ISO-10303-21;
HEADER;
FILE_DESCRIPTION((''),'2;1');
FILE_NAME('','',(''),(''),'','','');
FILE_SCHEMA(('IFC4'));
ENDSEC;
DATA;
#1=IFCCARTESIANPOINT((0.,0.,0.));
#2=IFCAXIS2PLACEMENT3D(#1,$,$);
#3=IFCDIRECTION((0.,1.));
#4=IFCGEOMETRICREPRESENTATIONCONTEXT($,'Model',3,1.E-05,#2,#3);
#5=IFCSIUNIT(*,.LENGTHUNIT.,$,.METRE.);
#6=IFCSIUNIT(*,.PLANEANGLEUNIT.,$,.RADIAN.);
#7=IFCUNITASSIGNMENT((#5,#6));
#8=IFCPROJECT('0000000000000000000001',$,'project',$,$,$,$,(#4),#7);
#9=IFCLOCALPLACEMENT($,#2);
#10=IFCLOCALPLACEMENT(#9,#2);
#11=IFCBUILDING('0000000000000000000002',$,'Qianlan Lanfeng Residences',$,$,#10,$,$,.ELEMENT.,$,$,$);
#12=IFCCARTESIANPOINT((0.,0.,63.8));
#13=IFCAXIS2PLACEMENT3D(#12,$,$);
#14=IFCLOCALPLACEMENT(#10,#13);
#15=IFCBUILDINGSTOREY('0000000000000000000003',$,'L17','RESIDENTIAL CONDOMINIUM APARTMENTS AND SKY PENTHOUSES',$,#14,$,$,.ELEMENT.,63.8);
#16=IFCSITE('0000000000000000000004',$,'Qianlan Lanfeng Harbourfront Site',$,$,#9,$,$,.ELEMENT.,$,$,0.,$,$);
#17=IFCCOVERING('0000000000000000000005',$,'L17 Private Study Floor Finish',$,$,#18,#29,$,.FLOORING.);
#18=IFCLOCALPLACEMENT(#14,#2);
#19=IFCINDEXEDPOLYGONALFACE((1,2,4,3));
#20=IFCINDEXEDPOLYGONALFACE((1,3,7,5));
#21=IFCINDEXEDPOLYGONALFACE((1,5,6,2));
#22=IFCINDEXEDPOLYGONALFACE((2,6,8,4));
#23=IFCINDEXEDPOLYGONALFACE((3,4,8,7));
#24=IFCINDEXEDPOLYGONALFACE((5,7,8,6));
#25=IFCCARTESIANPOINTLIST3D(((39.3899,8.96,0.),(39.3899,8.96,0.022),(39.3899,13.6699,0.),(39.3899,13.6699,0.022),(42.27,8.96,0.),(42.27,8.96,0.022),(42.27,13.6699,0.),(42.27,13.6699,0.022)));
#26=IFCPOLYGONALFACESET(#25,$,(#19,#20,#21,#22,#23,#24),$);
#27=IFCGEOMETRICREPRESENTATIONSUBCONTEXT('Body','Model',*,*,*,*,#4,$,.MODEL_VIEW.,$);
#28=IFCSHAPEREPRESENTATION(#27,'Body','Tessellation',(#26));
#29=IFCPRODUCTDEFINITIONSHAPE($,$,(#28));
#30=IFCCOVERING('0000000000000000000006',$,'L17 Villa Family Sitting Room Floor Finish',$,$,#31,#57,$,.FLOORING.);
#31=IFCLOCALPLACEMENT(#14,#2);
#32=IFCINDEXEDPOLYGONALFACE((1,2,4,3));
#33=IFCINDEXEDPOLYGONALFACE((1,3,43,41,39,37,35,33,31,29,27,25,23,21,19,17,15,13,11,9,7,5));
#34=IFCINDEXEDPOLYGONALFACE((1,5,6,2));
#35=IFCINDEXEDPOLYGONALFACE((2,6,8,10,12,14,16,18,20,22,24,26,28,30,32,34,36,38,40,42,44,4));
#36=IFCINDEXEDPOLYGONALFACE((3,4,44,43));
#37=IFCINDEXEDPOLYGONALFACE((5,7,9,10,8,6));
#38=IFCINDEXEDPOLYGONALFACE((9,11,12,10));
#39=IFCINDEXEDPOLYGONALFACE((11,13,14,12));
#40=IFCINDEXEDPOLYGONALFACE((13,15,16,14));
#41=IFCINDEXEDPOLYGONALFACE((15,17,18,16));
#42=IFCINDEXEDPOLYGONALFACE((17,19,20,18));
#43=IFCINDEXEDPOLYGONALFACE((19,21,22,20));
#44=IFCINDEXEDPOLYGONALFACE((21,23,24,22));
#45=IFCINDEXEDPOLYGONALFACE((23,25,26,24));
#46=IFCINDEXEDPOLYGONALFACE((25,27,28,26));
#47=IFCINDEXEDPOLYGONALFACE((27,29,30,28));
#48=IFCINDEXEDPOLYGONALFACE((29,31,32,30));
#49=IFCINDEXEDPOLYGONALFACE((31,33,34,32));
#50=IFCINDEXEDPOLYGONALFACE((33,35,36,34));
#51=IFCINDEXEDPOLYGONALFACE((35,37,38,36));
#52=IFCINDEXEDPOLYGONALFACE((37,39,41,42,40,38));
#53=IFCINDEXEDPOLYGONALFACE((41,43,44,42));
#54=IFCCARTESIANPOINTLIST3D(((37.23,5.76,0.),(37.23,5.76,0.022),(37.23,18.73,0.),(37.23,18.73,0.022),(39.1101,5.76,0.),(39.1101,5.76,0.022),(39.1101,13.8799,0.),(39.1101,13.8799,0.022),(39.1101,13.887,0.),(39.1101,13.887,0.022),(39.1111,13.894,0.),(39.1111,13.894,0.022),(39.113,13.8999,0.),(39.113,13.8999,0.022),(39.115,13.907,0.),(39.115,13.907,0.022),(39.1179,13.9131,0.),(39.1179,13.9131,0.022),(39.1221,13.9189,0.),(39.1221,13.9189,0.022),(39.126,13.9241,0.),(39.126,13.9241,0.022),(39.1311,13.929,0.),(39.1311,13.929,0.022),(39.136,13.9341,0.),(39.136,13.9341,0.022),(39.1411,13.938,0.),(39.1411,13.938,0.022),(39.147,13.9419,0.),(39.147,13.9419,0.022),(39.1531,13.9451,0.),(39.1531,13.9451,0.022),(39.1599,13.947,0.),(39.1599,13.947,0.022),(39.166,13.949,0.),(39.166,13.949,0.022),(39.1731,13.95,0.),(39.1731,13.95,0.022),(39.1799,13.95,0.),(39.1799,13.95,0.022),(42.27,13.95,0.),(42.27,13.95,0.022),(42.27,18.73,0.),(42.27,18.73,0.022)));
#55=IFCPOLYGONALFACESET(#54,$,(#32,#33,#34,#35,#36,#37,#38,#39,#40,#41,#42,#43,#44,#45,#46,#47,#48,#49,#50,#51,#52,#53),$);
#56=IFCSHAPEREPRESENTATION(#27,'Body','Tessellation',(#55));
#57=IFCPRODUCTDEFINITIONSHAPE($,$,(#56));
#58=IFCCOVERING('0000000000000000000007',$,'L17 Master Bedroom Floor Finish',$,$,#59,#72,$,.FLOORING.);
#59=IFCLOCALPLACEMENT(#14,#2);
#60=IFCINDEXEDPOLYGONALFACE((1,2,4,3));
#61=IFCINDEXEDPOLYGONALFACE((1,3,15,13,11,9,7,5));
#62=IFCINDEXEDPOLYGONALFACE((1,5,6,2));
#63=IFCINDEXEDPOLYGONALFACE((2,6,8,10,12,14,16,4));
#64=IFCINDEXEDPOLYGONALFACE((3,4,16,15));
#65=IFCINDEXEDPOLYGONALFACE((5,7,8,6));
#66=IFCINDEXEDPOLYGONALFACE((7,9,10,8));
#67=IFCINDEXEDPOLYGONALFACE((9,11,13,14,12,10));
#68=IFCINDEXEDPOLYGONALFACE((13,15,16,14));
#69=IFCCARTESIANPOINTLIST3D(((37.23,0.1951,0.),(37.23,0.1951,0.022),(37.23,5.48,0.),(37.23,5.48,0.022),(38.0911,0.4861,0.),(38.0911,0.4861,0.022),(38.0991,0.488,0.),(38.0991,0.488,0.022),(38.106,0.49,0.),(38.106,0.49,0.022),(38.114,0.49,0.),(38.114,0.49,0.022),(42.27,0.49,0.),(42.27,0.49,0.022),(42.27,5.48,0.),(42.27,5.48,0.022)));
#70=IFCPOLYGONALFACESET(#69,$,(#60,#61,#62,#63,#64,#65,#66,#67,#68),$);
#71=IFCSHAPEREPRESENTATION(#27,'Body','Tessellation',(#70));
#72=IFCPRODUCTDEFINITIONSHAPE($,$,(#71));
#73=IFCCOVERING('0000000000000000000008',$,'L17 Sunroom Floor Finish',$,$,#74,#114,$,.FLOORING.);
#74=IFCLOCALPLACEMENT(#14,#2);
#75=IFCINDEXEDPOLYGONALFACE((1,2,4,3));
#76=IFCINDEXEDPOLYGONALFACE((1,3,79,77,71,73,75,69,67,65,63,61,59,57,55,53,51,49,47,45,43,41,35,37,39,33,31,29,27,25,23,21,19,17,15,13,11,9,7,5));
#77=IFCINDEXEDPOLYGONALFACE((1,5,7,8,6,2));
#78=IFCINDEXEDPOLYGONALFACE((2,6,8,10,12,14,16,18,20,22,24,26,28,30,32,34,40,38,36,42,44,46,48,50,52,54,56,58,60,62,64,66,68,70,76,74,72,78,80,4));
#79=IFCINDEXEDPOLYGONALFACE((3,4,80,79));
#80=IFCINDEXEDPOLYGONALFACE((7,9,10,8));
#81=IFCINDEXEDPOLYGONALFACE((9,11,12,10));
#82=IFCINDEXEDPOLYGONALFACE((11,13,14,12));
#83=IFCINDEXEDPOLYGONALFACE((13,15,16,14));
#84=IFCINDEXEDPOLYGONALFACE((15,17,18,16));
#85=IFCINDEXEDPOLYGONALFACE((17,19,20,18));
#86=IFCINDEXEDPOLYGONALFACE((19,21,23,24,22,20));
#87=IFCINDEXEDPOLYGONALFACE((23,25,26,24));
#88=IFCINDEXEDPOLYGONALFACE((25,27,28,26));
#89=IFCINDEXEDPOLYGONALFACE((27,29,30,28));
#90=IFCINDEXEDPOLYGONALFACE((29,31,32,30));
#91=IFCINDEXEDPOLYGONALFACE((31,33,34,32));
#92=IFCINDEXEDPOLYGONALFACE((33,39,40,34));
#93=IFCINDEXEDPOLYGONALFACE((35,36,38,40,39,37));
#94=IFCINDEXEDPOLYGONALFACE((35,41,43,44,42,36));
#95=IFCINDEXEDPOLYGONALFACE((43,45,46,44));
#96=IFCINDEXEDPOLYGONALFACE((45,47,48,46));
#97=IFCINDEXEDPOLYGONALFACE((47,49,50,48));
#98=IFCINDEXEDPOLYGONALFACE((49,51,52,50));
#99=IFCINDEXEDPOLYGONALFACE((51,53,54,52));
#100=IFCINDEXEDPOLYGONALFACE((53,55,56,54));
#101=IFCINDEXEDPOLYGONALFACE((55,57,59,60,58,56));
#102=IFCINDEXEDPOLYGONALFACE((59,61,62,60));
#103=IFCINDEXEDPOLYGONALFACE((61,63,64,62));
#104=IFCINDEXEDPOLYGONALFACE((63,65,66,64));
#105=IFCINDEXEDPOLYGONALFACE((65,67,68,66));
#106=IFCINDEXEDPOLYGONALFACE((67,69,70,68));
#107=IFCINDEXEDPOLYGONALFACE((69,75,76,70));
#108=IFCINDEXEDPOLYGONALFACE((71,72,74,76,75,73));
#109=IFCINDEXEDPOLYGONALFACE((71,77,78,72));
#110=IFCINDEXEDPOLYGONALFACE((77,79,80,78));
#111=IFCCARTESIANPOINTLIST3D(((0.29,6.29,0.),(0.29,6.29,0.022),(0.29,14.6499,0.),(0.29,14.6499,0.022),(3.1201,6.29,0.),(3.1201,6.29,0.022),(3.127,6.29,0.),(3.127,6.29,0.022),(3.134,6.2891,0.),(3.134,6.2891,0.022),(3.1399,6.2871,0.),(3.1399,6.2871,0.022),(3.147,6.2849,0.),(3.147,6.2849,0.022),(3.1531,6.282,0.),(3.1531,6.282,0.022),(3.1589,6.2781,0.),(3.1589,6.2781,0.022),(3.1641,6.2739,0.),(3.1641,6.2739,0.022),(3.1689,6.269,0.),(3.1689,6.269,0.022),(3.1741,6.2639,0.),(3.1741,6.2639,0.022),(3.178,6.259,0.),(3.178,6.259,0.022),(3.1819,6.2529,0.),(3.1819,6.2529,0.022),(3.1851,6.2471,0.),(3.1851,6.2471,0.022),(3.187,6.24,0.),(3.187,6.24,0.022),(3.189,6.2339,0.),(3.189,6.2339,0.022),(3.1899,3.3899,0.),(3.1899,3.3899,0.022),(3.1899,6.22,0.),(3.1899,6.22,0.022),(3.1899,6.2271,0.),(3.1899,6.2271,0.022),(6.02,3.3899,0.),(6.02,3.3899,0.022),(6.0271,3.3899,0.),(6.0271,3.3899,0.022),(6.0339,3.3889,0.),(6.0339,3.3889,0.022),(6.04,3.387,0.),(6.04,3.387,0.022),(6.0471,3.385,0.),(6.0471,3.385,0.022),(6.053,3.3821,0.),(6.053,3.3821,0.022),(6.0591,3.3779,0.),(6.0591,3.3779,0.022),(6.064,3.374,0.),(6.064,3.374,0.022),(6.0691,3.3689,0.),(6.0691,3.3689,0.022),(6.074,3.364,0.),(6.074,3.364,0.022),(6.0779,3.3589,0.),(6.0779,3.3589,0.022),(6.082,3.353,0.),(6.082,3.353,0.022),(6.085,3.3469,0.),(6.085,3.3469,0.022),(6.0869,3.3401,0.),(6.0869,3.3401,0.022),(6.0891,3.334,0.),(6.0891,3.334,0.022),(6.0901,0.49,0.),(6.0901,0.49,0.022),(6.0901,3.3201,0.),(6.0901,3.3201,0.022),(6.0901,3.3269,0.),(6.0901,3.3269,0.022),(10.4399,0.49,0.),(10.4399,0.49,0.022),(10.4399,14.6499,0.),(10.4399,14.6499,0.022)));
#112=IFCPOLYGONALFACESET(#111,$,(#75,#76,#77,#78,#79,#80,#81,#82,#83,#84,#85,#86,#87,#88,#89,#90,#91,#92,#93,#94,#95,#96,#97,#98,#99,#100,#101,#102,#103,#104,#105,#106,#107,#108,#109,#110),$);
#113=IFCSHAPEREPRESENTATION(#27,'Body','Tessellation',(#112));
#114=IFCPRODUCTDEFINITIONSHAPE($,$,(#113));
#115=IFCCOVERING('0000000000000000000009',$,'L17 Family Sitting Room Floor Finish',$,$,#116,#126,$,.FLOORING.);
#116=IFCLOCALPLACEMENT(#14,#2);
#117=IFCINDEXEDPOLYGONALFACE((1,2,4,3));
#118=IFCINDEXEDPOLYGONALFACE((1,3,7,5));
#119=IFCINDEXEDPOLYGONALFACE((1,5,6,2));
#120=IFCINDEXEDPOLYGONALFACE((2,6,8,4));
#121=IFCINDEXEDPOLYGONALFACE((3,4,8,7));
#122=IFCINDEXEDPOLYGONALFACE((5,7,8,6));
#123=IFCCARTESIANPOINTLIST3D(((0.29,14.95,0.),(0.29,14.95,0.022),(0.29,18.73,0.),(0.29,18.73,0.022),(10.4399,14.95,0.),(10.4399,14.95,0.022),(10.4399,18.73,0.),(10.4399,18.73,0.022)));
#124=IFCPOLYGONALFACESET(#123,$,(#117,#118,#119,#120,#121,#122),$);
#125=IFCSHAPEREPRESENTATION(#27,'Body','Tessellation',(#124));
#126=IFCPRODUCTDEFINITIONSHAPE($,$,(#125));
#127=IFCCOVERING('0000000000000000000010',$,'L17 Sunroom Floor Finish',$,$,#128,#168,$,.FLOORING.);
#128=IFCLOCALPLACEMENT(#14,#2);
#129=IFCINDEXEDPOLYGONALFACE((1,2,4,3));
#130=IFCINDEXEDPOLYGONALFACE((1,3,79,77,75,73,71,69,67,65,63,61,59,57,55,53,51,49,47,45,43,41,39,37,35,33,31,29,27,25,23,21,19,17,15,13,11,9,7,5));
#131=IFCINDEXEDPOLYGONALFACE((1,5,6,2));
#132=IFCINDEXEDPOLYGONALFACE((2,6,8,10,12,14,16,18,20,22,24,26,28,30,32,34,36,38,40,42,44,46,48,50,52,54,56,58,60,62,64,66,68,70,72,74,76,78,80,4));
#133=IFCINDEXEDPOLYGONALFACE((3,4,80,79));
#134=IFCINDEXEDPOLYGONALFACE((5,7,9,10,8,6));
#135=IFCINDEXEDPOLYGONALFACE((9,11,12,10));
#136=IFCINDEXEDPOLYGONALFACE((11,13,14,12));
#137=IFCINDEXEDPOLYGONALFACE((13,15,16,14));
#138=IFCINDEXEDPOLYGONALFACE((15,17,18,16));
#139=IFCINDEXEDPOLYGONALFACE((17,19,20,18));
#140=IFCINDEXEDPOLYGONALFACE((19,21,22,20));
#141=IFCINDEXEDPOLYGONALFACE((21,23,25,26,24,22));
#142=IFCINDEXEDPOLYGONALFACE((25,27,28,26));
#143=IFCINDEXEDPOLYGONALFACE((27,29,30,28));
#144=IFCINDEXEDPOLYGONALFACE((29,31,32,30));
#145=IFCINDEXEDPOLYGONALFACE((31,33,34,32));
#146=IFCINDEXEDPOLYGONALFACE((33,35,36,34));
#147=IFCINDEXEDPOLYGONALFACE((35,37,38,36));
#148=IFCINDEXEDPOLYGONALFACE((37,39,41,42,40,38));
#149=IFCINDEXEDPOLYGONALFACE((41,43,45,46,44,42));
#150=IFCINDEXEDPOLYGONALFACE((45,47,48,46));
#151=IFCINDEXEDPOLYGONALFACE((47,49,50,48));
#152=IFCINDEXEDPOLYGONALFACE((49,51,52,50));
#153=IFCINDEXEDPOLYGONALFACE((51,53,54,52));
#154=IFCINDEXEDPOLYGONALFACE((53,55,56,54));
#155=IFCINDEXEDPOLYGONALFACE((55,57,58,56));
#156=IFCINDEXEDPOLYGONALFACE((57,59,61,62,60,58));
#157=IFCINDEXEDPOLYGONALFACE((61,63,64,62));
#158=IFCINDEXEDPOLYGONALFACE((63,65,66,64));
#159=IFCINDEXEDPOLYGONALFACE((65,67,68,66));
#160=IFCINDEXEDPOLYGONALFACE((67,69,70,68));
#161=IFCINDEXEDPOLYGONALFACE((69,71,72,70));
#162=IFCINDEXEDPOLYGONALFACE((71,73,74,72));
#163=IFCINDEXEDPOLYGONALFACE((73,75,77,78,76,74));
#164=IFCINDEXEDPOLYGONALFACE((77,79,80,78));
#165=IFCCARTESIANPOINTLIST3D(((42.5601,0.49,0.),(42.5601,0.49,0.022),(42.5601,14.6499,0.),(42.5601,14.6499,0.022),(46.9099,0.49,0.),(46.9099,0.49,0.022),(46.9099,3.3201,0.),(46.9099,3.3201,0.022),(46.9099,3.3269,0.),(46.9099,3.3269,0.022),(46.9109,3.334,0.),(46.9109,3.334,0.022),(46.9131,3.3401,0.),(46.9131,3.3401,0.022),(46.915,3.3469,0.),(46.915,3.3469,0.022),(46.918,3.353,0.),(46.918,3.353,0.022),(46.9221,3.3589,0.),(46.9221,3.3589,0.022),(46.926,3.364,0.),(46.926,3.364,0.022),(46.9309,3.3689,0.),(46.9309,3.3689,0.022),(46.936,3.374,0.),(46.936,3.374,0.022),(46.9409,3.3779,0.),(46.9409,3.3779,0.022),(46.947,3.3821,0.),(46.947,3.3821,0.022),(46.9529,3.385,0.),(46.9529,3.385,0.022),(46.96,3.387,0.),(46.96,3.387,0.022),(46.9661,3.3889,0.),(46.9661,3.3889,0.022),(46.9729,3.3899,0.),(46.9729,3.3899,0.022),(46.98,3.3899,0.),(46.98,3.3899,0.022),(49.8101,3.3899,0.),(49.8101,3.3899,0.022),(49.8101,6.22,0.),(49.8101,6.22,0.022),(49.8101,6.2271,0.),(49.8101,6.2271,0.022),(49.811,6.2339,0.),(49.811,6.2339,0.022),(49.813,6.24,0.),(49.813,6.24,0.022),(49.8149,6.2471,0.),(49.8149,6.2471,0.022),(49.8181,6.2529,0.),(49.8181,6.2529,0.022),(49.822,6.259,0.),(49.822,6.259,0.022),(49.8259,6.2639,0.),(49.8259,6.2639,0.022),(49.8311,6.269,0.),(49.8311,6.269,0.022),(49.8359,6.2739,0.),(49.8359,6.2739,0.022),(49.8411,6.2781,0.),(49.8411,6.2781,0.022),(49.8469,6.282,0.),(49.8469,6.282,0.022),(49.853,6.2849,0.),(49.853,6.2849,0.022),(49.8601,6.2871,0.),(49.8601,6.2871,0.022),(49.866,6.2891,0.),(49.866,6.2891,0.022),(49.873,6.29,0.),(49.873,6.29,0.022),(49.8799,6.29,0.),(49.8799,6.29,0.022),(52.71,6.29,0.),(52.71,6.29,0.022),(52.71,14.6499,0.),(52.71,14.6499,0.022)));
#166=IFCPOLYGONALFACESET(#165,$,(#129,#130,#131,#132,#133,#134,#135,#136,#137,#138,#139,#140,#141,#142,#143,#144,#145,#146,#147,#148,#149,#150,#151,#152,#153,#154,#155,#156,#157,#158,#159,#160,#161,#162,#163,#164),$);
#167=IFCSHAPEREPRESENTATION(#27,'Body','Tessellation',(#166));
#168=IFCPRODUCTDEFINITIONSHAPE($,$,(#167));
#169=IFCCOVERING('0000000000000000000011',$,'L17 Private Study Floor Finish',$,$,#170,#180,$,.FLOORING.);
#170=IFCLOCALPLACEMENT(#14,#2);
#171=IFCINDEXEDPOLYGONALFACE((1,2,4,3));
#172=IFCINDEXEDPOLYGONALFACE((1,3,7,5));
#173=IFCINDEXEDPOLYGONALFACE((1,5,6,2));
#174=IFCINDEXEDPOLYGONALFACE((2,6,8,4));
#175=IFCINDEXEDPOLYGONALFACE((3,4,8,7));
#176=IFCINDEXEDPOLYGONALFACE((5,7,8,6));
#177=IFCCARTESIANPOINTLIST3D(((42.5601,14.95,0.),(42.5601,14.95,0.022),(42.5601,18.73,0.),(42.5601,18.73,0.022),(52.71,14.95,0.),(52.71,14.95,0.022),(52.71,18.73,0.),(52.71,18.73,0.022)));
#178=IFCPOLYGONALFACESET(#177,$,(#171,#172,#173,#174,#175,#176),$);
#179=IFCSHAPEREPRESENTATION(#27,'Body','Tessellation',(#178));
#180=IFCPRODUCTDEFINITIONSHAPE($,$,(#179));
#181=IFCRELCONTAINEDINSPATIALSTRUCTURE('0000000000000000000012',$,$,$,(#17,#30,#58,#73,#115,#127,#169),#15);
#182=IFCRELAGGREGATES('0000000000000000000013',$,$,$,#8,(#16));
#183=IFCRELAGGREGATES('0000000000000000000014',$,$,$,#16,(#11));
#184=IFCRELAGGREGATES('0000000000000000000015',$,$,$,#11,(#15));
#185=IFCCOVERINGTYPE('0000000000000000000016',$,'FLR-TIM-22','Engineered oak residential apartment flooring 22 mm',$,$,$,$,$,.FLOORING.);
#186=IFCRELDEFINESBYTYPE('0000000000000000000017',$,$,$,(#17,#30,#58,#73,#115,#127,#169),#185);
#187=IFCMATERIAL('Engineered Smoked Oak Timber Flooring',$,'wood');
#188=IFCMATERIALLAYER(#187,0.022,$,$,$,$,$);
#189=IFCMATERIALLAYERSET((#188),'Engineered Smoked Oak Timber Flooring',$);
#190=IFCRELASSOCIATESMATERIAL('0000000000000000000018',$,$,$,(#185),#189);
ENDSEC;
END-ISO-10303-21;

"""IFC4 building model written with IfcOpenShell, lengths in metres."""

from ifc_helpers import new_model, si_unit, direction, frame, origin, place, context, subcontext, project, spatial, polyline, outline, extrude, material, layer, layer_set, type_object, element, save


model = new_model("IFC4")

# Units and contexts
model_context = context("Model", 3, precision=1e-05, world=origin(), true_north=direction((0.0, 1.0)))
body_context = subcontext(model_context, "Body", "Model", "MODEL_VIEW")
ifc_project = project(units=[si_unit("LENGTHUNIT", "METRE"), si_unit("PLANEANGLEUNIT", "RADIAN")], contexts=[model_context])

# Site, building, storey
site_placement = place(None, origin())
site = spatial("IfcSite", under=ifc_project, at=site_placement, Name="Qianlan Lanfeng Harbourfront Site", CompositionType="ELEMENT", RefElevation=0.0)
building_placement = place(site_placement, origin())
building = spatial("IfcBuilding", under=site, at=building_placement, Name="Qianlan Lanfeng Residences", CompositionType="ELEMENT")
storey_placement = place(building_placement, frame((0.0, 0.0, 63.8)))
storey = spatial("IfcBuildingStorey", under=building, at=storey_placement, Name="L17", Description="RESIDENTIAL CONDOMINIUM APARTMENTS AND SKY PENTHOUSES", CompositionType="ELEMENT", Elevation=63.8)

# Coverings
ifc_material_1 = material(Name="Engineered Smoked Oak Timber Flooring", Category="wood")
ifc_layer_1 = layer(ifc_material_1, 0.022)
ifc_layer_set_1 = layer_set([ifc_layer_1], Name="Engineered Smoked Oak Timber Flooring")
covering_type_1 = type_object("IfcCoveringType", Name="FLR-TIM-22", Description="Engineered oak residential apartment flooring 22 mm", PredefinedType="FLOORING", material=ifc_layer_set_1)
covering_1_placement = place(storey_placement, origin())
element("IfcCovering", 1, at=covering_1_placement, inside=storey, type_object=covering_type_1, Name="L17 Private Study Floor Finish", PredefinedType="FLOORING", context=body_context, shape_type="SweptSolid", body=[
    extrude(outline(polyline([(39.3899, 8.96), (42.27, 8.96), (42.27, 13.6699), (39.3899, 13.6699), (39.3899, 8.96)])), origin(), (0.0, 0.0, 1.0), 0.022),
])
covering_2_placement = place(storey_placement, origin())
element("IfcCovering", 2, at=covering_2_placement, inside=storey, type_object=covering_type_1, Name="L17 Villa Family Sitting Room Floor Finish", PredefinedType="FLOORING", context=body_context, shape_type="SweptSolid", body=[
    extrude(outline(polyline([(37.23, 5.76), (39.1101, 5.76), (39.1101, 13.8799), (39.1101, 13.887), (39.1111, 13.894), (39.113, 13.8999), (39.115, 13.907), (39.1179, 13.9131), (39.1221, 13.9189), (39.126, 13.9241), (39.1311, 13.929), (39.136, 13.9341), (39.1411, 13.938), (39.147, 13.9419), (39.1531, 13.9451), (39.1599, 13.947), (39.166, 13.949), (39.1731, 13.95), (39.1799, 13.95), (42.27, 13.95), (42.27, 18.73), (37.23, 18.73), (37.23, 5.76)])), origin(), (0.0, 0.0, 1.0), 0.022),
])
covering_3_placement = place(storey_placement, origin())
element("IfcCovering", 3, at=covering_3_placement, inside=storey, type_object=covering_type_1, Name="L17 Master Bedroom Floor Finish", PredefinedType="FLOORING", context=body_context, shape_type="SweptSolid", body=[
    extrude(outline(polyline([(37.23, 5.48), (37.23, 0.1951), (38.0911, 0.4861), (38.0991, 0.488), (38.106, 0.49), (38.114, 0.49), (42.27, 0.49), (42.27, 5.48), (37.23, 5.48)])), origin(), (0.0, 0.0, 1.0), 0.022),
])
covering_4_placement = place(storey_placement, origin())
element("IfcCovering", 4, at=covering_4_placement, inside=storey, type_object=covering_type_1, Name="L17 Sunroom Floor Finish", PredefinedType="FLOORING", context=body_context, shape_type="SweptSolid", body=[
    extrude(outline(polyline([(10.4399, 14.6499), (0.29, 14.6499), (0.29, 6.29), (3.1201, 6.29), (3.127, 6.29), (3.134, 6.2891), (3.1399, 6.2871), (3.147, 6.2849), (3.1531, 6.282), (3.1589, 6.2781), (3.1641, 6.2739), (3.1689, 6.269), (3.1741, 6.2639), (3.178, 6.259), (3.1819, 6.2529), (3.1851, 6.2471), (3.187, 6.24), (3.189, 6.2339), (3.1899, 6.2271), (3.1899, 6.22), (3.1899, 3.3899), (6.02, 3.3899), (6.0271, 3.3899), (6.0339, 3.3889), (6.04, 3.387), (6.0471, 3.385), (6.053, 3.3821), (6.0591, 3.3779), (6.064, 3.374), (6.0691, 3.3689), (6.074, 3.364), (6.0779, 3.3589), (6.082, 3.353), (6.085, 3.3469), (6.0869, 3.3401), (6.0891, 3.334), (6.0901, 3.3269), (6.0901, 3.3201), (6.0901, 0.49), (10.4399, 0.49), (10.4399, 14.6499)])), origin(), (0.0, 0.0, 1.0), 0.022),
])
covering_5_placement = place(storey_placement, origin())
element("IfcCovering", 5, at=covering_5_placement, inside=storey, type_object=covering_type_1, Name="L17 Family Sitting Room Floor Finish", PredefinedType="FLOORING", context=body_context, shape_type="SweptSolid", body=[
    extrude(outline(polyline([(10.4399, 18.73), (0.29, 18.73), (0.29, 14.95), (10.4399, 14.95), (10.4399, 18.73)])), origin(), (0.0, 0.0, 1.0), 0.022),
])
covering_6_placement = place(storey_placement, origin())
element("IfcCovering", 6, at=covering_6_placement, inside=storey, type_object=covering_type_1, Name="L17 Sunroom Floor Finish", PredefinedType="FLOORING", context=body_context, shape_type="SweptSolid", body=[
    extrude(outline(polyline([(52.71, 14.6499), (42.5601, 14.6499), (42.5601, 0.49), (46.9099, 0.49), (46.9099, 3.3201), (46.9099, 3.3269), (46.9109, 3.334), (46.9131, 3.3401), (46.915, 3.3469), (46.918, 3.353), (46.9221, 3.3589), (46.926, 3.364), (46.9309, 3.3689), (46.936, 3.374), (46.9409, 3.3779), (46.947, 3.3821), (46.9529, 3.385), (46.96, 3.387), (46.9661, 3.3889), (46.9729, 3.3899), (46.98, 3.3899), (49.8101, 3.3899), (49.8101, 6.22), (49.8101, 6.2271), (49.811, 6.2339), (49.813, 6.24), (49.8149, 6.2471), (49.8181, 6.2529), (49.822, 6.259), (49.8259, 6.2639), (49.8311, 6.269), (49.8359, 6.2739), (49.8411, 6.2781), (49.8469, 6.282), (49.853, 6.2849), (49.8601, 6.2871), (49.866, 6.2891), (49.873, 6.29), (49.8799, 6.29), (52.71, 6.29), (52.71, 14.6499)])), origin(), (0.0, 0.0, 1.0), 0.022),
])
covering_7_placement = place(storey_placement, origin())
element("IfcCovering", 7, at=covering_7_placement, inside=storey, type_object=covering_type_1, Name="L17 Private Study Floor Finish", PredefinedType="FLOORING", context=body_context, shape_type="SweptSolid", body=[
    extrude(outline(polyline([(52.71, 18.73), (42.5601, 18.73), (42.5601, 14.95), (52.71, 14.95), (52.71, 18.73)])), origin(), (0.0, 0.0, 1.0), 0.022),
])

save(model, "model.ifc")
